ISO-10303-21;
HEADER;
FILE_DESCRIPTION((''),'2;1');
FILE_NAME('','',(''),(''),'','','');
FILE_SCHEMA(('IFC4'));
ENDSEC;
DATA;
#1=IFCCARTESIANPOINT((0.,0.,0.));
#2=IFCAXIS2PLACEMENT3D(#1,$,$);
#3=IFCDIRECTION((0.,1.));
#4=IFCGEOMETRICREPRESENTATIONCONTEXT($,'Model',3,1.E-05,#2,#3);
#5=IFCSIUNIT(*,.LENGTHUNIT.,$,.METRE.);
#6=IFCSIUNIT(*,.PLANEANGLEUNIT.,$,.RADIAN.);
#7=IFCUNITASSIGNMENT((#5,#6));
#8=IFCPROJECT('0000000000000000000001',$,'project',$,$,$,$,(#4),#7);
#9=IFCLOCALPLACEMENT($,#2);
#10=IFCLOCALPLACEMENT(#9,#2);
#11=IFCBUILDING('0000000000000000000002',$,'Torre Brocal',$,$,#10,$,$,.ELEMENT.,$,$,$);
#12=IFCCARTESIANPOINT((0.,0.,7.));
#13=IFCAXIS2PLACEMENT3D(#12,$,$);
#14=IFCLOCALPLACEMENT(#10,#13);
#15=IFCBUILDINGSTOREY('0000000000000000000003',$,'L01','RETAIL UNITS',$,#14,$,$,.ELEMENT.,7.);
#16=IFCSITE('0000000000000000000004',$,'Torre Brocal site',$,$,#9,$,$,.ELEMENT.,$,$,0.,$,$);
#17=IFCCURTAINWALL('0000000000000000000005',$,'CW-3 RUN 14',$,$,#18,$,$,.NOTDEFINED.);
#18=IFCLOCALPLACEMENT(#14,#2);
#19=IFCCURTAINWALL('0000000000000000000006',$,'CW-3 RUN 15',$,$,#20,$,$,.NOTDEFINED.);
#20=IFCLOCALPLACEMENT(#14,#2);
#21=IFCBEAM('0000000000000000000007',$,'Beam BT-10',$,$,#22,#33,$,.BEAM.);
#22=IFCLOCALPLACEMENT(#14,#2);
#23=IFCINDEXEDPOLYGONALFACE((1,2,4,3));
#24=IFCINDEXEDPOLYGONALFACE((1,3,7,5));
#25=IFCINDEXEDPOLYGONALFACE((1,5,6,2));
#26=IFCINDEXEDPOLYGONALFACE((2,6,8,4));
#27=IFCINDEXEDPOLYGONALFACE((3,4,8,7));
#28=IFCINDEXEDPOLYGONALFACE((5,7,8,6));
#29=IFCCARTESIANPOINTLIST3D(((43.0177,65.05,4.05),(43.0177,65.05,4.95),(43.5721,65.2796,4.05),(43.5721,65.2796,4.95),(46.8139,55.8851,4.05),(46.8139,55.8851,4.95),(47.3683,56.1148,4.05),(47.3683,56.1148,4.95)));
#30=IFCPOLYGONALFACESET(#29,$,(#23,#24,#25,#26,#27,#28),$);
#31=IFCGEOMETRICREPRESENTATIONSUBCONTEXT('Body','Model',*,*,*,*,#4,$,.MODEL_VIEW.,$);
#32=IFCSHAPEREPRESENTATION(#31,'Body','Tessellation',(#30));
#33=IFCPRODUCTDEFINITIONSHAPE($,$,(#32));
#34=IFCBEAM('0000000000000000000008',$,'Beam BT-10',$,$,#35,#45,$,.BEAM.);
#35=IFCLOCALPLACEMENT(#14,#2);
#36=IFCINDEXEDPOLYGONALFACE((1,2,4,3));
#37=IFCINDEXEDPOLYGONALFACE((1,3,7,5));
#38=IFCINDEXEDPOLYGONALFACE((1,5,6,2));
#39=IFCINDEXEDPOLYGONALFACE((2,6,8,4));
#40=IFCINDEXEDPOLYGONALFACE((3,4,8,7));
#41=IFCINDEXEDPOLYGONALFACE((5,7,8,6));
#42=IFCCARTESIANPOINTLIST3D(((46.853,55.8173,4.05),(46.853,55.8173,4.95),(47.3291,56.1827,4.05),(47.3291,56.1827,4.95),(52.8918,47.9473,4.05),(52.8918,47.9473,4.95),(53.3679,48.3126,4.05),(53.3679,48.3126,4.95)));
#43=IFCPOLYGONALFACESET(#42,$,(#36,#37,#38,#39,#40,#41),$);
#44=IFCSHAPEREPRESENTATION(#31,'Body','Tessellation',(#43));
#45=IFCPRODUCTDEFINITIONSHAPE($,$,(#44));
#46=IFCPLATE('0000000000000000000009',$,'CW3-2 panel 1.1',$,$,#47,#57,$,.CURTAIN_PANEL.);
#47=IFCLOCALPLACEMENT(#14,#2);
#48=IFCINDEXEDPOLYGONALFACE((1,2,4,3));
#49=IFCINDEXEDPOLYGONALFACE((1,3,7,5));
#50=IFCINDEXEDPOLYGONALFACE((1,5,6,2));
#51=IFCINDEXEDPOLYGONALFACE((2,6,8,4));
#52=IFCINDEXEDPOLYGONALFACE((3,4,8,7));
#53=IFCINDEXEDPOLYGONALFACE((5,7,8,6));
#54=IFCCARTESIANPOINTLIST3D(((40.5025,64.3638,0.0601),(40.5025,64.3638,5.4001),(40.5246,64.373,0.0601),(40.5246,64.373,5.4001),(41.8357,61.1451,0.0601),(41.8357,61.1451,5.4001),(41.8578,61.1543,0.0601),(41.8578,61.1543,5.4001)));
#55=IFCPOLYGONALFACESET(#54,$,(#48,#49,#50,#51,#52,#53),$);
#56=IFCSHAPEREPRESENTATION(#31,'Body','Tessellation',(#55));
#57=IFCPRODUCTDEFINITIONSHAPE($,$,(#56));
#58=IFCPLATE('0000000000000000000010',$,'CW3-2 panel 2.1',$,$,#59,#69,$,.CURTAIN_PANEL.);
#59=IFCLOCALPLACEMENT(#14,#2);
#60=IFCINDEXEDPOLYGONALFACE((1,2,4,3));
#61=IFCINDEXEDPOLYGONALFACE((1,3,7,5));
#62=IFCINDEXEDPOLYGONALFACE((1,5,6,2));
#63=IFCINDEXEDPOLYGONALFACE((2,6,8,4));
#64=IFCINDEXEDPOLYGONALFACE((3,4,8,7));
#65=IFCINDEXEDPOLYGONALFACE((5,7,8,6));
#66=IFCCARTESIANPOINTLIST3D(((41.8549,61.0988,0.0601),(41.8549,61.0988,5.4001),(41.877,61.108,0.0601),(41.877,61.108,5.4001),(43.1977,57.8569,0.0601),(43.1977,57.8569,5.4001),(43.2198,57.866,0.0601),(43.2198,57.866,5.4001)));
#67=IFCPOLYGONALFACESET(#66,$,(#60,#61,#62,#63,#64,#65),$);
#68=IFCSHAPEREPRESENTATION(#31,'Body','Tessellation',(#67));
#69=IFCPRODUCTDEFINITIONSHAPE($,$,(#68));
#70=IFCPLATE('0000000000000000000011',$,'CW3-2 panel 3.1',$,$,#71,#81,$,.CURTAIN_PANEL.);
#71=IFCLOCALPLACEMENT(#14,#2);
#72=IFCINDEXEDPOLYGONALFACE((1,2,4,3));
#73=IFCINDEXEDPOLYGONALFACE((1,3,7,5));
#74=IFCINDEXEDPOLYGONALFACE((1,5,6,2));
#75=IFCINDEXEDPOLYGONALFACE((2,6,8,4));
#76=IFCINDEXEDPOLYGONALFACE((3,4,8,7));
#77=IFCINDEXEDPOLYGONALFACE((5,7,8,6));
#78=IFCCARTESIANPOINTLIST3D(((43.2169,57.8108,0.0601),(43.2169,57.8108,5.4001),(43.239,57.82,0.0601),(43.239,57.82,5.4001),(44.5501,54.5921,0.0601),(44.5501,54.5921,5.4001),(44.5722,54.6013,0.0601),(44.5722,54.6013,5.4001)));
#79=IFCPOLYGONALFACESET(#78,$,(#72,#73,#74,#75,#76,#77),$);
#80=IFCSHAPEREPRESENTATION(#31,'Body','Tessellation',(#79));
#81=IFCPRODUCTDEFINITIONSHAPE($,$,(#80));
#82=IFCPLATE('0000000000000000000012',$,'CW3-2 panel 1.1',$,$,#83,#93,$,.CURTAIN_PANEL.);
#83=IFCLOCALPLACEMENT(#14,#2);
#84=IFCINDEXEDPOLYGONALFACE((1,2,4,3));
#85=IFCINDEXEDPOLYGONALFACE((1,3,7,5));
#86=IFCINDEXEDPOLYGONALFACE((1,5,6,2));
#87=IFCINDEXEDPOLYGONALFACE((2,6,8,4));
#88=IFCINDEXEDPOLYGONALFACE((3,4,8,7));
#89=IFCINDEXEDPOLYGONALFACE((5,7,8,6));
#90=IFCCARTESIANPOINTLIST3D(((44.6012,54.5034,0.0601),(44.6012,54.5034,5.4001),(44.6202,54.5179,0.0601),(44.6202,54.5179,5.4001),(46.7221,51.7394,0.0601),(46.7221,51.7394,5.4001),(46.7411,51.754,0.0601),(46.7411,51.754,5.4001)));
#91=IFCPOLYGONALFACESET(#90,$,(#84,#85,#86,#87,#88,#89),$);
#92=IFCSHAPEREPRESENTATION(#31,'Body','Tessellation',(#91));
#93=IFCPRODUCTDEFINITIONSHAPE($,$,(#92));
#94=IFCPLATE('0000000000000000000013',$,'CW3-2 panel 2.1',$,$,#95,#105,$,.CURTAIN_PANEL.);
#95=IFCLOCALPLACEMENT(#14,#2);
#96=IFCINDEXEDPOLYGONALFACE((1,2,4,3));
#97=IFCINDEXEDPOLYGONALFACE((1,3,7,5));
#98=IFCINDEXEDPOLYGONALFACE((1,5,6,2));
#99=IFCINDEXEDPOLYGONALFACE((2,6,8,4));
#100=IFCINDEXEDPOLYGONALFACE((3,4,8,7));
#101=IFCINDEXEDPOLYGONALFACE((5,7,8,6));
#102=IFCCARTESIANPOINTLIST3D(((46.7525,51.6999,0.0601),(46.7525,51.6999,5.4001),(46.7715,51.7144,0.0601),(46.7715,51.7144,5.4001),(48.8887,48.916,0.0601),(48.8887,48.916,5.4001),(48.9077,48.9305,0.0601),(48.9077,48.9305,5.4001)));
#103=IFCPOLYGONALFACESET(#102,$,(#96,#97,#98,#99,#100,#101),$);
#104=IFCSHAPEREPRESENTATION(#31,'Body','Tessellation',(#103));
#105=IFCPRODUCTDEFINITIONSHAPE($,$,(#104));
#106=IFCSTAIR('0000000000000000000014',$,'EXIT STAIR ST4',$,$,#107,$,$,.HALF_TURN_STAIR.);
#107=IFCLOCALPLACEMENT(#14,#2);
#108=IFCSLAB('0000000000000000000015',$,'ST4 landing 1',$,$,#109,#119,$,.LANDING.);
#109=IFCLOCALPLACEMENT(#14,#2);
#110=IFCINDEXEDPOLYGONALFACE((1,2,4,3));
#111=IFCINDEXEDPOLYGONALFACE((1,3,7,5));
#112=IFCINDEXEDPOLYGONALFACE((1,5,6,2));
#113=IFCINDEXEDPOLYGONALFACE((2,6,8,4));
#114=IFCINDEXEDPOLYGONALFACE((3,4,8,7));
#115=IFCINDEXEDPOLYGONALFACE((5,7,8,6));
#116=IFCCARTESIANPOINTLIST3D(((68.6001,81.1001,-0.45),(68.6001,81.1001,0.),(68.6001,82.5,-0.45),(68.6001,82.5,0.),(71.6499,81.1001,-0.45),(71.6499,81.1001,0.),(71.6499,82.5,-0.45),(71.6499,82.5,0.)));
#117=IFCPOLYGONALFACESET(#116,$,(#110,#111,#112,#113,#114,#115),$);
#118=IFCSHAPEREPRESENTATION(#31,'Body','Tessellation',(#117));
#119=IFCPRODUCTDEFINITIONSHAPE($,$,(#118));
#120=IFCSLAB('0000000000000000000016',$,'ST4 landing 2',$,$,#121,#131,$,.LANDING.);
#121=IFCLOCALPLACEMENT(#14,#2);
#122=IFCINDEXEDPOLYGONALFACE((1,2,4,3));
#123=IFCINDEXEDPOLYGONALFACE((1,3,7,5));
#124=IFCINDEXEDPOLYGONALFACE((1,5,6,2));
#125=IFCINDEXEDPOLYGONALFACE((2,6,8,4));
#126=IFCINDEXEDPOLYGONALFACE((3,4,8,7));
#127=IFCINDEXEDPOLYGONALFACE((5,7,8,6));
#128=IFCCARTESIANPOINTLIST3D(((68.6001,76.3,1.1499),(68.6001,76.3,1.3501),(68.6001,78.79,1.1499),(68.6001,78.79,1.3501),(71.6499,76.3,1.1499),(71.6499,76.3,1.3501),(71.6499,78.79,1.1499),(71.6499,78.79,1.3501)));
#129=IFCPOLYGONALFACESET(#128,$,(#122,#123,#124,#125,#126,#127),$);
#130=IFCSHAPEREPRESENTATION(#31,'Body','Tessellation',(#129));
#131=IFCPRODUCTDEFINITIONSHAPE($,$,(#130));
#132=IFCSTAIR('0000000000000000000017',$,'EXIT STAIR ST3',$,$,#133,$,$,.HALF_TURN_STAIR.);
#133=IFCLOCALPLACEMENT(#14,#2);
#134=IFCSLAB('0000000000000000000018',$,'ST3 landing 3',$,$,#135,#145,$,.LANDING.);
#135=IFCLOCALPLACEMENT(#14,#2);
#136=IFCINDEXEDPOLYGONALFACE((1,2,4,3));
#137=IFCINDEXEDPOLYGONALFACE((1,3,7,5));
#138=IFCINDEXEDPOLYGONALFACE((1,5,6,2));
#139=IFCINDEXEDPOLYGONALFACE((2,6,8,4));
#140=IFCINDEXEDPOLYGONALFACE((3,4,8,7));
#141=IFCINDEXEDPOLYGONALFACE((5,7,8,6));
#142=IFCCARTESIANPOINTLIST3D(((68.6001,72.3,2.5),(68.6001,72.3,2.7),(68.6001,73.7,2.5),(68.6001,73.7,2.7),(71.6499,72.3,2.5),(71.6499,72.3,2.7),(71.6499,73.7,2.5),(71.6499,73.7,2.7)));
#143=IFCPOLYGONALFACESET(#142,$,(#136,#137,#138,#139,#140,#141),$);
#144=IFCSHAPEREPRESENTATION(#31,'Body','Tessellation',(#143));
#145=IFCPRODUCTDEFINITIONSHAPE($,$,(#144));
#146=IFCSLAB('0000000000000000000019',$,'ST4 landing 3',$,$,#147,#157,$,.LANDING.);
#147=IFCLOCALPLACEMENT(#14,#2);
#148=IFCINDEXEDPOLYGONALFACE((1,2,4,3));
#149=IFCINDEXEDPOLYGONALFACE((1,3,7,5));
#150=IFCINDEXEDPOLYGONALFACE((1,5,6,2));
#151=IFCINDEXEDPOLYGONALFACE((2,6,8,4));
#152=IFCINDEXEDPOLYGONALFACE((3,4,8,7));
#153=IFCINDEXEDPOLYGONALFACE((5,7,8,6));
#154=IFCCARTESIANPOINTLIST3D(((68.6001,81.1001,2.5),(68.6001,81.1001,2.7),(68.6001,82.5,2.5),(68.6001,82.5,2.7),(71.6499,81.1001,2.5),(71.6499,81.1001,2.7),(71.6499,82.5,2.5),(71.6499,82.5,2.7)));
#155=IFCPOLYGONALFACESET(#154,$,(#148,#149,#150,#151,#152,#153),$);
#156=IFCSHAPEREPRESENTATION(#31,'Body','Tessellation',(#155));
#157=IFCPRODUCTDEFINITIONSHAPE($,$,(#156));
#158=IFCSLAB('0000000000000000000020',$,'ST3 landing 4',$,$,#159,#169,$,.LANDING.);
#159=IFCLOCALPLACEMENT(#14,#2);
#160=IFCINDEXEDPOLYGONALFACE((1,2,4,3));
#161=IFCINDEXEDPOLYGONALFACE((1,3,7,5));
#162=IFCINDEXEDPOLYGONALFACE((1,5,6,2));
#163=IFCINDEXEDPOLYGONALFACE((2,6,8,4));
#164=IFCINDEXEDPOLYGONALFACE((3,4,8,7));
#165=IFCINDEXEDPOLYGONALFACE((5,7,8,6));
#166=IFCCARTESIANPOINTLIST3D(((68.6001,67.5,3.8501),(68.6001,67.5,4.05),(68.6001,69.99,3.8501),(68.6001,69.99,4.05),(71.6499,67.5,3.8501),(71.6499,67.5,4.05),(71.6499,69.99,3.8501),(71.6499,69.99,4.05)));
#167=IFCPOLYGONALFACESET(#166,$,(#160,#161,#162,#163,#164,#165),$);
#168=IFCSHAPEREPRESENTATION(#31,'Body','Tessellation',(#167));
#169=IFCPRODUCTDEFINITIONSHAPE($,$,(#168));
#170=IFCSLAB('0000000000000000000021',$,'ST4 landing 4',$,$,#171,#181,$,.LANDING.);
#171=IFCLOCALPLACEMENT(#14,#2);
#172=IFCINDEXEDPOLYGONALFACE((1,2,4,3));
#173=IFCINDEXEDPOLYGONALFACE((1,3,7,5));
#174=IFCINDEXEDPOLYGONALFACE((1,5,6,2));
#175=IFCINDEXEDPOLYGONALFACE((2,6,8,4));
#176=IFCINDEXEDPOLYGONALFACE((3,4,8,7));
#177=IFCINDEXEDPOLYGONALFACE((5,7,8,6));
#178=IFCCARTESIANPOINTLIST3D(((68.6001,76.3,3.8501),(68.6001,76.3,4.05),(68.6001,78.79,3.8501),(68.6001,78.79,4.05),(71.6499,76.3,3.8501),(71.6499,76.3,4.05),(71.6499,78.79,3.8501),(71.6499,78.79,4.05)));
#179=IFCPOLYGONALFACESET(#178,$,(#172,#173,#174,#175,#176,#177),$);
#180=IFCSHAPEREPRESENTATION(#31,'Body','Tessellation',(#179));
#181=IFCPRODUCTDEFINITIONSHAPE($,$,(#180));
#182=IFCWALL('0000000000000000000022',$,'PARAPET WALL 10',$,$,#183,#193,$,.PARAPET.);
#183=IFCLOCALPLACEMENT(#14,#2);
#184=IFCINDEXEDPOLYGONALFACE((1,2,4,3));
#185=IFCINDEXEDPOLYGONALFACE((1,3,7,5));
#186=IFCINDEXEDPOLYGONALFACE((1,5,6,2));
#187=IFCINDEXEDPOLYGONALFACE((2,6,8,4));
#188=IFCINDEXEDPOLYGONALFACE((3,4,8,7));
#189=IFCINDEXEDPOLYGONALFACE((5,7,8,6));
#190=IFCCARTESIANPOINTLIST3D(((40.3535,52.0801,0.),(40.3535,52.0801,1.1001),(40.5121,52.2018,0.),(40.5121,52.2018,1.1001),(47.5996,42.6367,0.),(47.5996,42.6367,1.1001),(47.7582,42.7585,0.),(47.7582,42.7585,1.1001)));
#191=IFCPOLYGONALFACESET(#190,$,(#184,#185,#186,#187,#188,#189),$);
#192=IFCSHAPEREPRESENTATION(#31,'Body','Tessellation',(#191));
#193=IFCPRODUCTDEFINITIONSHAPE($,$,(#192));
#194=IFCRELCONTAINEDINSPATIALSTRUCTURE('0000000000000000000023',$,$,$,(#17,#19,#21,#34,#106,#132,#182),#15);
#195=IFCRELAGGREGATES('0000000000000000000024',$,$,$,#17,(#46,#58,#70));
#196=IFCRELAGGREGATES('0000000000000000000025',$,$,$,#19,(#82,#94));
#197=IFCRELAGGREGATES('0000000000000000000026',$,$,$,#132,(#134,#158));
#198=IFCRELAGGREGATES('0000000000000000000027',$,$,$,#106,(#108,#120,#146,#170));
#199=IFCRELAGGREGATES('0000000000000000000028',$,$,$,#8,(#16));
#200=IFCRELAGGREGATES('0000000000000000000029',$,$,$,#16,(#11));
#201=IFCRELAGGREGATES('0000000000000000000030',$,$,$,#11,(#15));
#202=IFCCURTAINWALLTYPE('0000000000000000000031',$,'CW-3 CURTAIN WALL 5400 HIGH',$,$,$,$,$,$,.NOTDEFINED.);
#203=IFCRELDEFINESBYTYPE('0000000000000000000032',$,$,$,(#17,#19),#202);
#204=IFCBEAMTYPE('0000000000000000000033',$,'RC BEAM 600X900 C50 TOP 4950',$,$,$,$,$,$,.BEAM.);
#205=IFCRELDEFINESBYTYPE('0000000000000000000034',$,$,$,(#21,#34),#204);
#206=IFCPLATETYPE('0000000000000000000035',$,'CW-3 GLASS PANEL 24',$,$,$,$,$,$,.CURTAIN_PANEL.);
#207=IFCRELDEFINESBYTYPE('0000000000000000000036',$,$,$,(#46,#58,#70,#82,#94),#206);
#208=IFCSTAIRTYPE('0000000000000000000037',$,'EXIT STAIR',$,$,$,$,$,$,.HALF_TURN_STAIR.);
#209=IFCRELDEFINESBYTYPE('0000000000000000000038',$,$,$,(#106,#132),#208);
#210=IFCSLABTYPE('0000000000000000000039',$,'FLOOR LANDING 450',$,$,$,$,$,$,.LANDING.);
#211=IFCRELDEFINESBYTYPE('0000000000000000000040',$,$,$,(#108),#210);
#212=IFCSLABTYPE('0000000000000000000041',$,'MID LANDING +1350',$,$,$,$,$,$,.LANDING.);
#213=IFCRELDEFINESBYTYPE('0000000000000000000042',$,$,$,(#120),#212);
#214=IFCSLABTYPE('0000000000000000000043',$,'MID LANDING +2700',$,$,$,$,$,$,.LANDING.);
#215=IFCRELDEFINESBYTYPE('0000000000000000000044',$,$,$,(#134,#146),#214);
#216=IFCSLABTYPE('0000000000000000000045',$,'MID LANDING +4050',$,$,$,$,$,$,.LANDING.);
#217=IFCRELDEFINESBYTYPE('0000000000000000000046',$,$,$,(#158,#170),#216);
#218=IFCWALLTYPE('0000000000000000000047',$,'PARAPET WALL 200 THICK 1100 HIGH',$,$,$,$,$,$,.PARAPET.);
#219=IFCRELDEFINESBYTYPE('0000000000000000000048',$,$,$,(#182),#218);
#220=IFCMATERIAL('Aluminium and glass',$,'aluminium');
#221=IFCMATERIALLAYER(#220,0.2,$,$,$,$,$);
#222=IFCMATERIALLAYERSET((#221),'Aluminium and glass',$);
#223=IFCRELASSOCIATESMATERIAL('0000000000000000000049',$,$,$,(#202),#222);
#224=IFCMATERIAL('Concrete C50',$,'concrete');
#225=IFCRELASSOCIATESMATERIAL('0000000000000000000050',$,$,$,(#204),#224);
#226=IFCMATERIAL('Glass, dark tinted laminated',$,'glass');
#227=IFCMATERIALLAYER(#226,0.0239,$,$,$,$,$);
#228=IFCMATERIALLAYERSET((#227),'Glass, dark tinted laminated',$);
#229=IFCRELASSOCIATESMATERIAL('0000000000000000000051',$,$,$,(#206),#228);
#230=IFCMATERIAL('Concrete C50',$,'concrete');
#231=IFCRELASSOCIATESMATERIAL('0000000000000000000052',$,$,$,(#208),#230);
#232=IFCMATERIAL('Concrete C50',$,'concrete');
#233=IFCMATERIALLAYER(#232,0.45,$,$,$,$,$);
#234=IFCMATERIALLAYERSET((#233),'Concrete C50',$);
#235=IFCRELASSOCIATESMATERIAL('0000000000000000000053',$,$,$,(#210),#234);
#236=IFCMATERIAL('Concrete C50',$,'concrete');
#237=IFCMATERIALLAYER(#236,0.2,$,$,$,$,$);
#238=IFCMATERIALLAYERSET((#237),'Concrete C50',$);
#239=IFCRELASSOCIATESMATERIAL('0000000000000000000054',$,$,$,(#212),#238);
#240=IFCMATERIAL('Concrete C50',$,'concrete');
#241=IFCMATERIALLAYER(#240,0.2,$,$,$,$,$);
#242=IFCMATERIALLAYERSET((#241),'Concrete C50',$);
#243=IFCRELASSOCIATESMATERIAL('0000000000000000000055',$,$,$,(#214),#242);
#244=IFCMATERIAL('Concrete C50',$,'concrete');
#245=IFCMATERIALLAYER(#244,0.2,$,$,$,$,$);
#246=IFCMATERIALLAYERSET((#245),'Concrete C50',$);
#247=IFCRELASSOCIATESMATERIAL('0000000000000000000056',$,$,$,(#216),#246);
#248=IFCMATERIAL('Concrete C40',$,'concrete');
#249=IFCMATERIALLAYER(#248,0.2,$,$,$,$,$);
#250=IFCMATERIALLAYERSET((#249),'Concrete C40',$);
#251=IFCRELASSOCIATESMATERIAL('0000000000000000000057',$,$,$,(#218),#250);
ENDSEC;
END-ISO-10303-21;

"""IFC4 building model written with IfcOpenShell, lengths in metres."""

from ifc_helpers import new_model, si_unit, direction, frame, frame_2d, origin, origin_2d, place, context, subcontext, project, spatial, polyline, rectangle, outline, extrude, material, layer, layer_set, material_profile, profile_set, type_object, element, aggregate, save


model = new_model("IFC4")

# Units and contexts
model_context = context("Model", 3, precision=1e-05, world=origin(), true_north=direction((0.0, 1.0)))
body_context = subcontext(model_context, "Body", "Model", "MODEL_VIEW")
ifc_project = project(units=[si_unit("LENGTHUNIT", "METRE"), si_unit("PLANEANGLEUNIT", "RADIAN")], contexts=[model_context])

# Site, building, storey
site_placement = place(None, origin())
site = spatial("IfcSite", under=ifc_project, at=site_placement, Name="Torre Brocal site", CompositionType="ELEMENT", RefElevation=0.0)
building_placement = place(site_placement, origin())
building = spatial("IfcBuilding", under=site, at=building_placement, Name="Torre Brocal", CompositionType="ELEMENT")
storey_placement = place(building_placement, frame((0.0, 0.0, 7.0)))
storey = spatial("IfcBuildingStorey", under=building, at=storey_placement, Name="L01", Description="RETAIL UNITS", CompositionType="ELEMENT", Elevation=7.0)

# Curtain walls
ifc_material_1 = material(Name="Aluminium and glass", Category="aluminium")
ifc_layer_1 = layer(ifc_material_1, 0.2)
ifc_layer_set_1 = layer_set([ifc_layer_1], Name="Aluminium and glass")
curtain_wall_type = type_object("IfcCurtainWallType", Name="CW-3 CURTAIN WALL 5400 HIGH", PredefinedType="NOTDEFINED", material=ifc_layer_set_1)
curtain_wall_1_placement = place(storey_placement, origin())
curtain_wall_1 = element("IfcCurtainWall", 1, at=curtain_wall_1_placement, inside=storey, type_object=curtain_wall_type, Name="CW-3 RUN 14", PredefinedType="NOTDEFINED")
curtain_wall_2_placement = place(storey_placement, origin())
curtain_wall_2 = element("IfcCurtainWall", 2, at=curtain_wall_2_placement, inside=storey, type_object=curtain_wall_type, Name="CW-3 RUN 15", PredefinedType="NOTDEFINED")

# Beams
ifc_material_2 = material(Name="Concrete C50", Category="concrete")
ifc_material_profile_1 = material_profile(ifc_material_2, rectangle(XDim=0.6001, YDim=0.8999, at=origin_2d()), Name="RC 600X900")
ifc_profile_set_1 = profile_set([ifc_material_profile_1], Name="Concrete C50")
beam_type = type_object("IfcBeamType", Name="RC BEAM 600X900 C50 TOP 4950", PredefinedType="BEAM", material=ifc_profile_set_1)
for number, where, z_axis, x_axis, name in (
    (3, (43.2949, 65.1648, 4.5), (0.38268, -0.923881, 0.0), (0.923881, 0.38268, 0.0), "Beam BT-10"),
    (4, (47.0911, 56.0, 4.5), (0.608753, -0.79336, 0.0), (0.79336, 0.608753, 0.0), "Beam BT-10"),
):
    element("IfcBeam", number, at=place(storey_placement, frame(where, z_axis=z_axis, x_axis=x_axis)), inside=storey, type_object=beam_type, Name=name, PredefinedType="BEAM", context=body_context, shape_type="SweptSolid", body=[
        extrude(rectangle(XDim=0.6001, YDim=0.8999, at=origin_2d()), origin(), (0.0, 0.0, 1.0), 9.9199),
    ])

# Plates
ifc_material_3 = material(Name="Glass, dark tinted laminated", Category="glass")
ifc_layer_2 = layer(ifc_material_3, 0.0239)
ifc_layer_set_2 = layer_set([ifc_layer_2], Name="Glass, dark tinted laminated")
plate_type = type_object("IfcPlateType", Name="CW-3 GLASS PANEL 24", PredefinedType="CURTAIN_PANEL", material=ifc_layer_set_2)
plate_1_placement = place(storey_placement, frame((41.1802, 62.759, 0.0601), z_axis=(0.0, 0.0, 1.0), x_axis=(0.382683, -0.92388, 0.0)))
plate_1 = element("IfcPlate", 5, at=plate_1_placement, type_object=plate_type, Name="CW3-2 panel 1.1", PredefinedType="CURTAIN_PANEL", context=body_context, shape_type="SweptSolid", body=[
    extrude(rectangle(XDim=3.4839, YDim=0.0239, at=origin_2d()), origin(), (0.0, 0.0, 1.0), 5.3401),
])
plate_2_placement = place(storey_placement, frame((42.5374, 59.4824, 0.0601), z_axis=(0.0, 0.0, 1.0), x_axis=(0.382683, -0.92388, 0.0)))
plate_2 = element("IfcPlate", 6, at=plate_2_placement, type_object=plate_type, Name="CW3-2 panel 2.1", PredefinedType="CURTAIN_PANEL", context=body_context, shape_type="SweptSolid", body=[
    extrude(rectangle(XDim=3.509, YDim=0.0239, at=origin_2d()), origin(), (0.0, 0.0, 1.0), 5.3401),
])
plate_3_placement = place(storey_placement, frame((43.8945, 56.2061, 0.0601), z_axis=(0.0, 0.0, 1.0), x_axis=(0.382683, -0.92388, 0.0)))
plate_3 = element("IfcPlate", 7, at=plate_3_placement, type_object=plate_type, Name="CW3-2 panel 3.1", PredefinedType="CURTAIN_PANEL", context=body_context, shape_type="SweptSolid", body=[
    extrude(rectangle(XDim=3.4839, YDim=0.0239, at=origin_2d()), origin(), (0.0, 0.0, 1.0), 5.3401),
])
aggregate(curtain_wall_1, [plate_1, plate_2, plate_3])
plate_4_placement = place(storey_placement, frame((45.6711, 53.1287, 0.0601), z_axis=(0.0, 0.0, 1.0), x_axis=(0.608761, -0.793353, 0.0)))
plate_4 = element("IfcPlate", 8, at=plate_4_placement, type_object=plate_type, Name="CW3-2 panel 1.1", PredefinedType="CURTAIN_PANEL", context=body_context, shape_type="SweptSolid", body=[
    extrude(rectangle(XDim=3.4839, YDim=0.0239, at=origin_2d()), origin(), (0.0, 0.0, 1.0), 5.3401),
])
plate_5_placement = place(storey_placement, frame((47.8301, 50.3152, 0.0601), z_axis=(0.0, 0.0, 1.0), x_axis=(0.608761, -0.793353, 0.0)))
plate_5 = element("IfcPlate", 9, at=plate_5_placement, type_object=plate_type, Name="CW3-2 panel 2.1", PredefinedType="CURTAIN_PANEL", context=body_context, shape_type="SweptSolid", body=[
    extrude(rectangle(XDim=3.509, YDim=0.0239, at=origin_2d()), origin(), (0.0, 0.0, 1.0), 5.3401),
])
aggregate(curtain_wall_2, [plate_4, plate_5])

# Stair, slabs
ifc_material_4 = material(Name="Concrete C50", Category="concrete")
stair_type = type_object("IfcStairType", Name="EXIT STAIR", PredefinedType="HALF_TURN_STAIR", material=ifc_material_4)
stair_1_placement = place(storey_placement, origin())
stair_1 = element("IfcStair", 10, at=stair_1_placement, inside=storey, type_object=stair_type, Name="EXIT STAIR ST4", PredefinedType="HALF_TURN_STAIR")
ifc_material_5 = material(Name="Concrete C50", Category="concrete")
ifc_layer_3 = layer(ifc_material_5, 0.45)
ifc_layer_set_3 = layer_set([ifc_layer_3], Name="Concrete C50")
slab_type_1 = type_object("IfcSlabType", Name="FLOOR LANDING 450", PredefinedType="LANDING", material=ifc_layer_set_3)
slab_1_placement = place(storey_placement, frame((0.0, 0.0, -0.45)))
slab_1 = element("IfcSlab", 11, at=slab_1_placement, type_object=slab_type_1, Name="ST4 landing 1", PredefinedType="LANDING", context=body_context, shape_type="SweptSolid", body=[
    extrude(outline(polyline([(71.6499, 82.5), (68.6001, 82.5), (68.6001, 81.1001), (71.6499, 81.1001), (71.6499, 82.5)])), origin(), (0.0, 0.0, 1.0), 0.45),
])
ifc_material_6 = material(Name="Concrete C50", Category="concrete")
ifc_layer_4 = layer(ifc_material_6, 0.2)
ifc_layer_set_4 = layer_set([ifc_layer_4], Name="Concrete C50")
slab_type_2 = type_object("IfcSlabType", Name="MID LANDING +1350", PredefinedType="LANDING", material=ifc_layer_set_4)
slab_2_placement = place(storey_placement, frame((0.0, 0.0, 1.1499)))
slab_2 = element("IfcSlab", 12, at=slab_2_placement, type_object=slab_type_2, Name="ST4 landing 2", PredefinedType="LANDING", context=body_context, shape_type="SweptSolid", body=[
    extrude(outline(polyline([(71.6499, 78.79), (68.6001, 78.79), (68.6001, 76.3), (71.6499, 76.3), (71.6499, 78.79)])), origin(), (0.0, 0.0, 1.0), 0.2002),
])

# Stair, slab
stair_2_placement = place(storey_placement, origin())
stair_2 = element("IfcStair", 13, at=stair_2_placement, inside=storey, type_object=stair_type, Name="EXIT STAIR ST3", PredefinedType="HALF_TURN_STAIR")
ifc_material_7 = material(Name="Concrete C50", Category="concrete")
ifc_layer_5 = layer(ifc_material_7, 0.2)
ifc_layer_set_5 = layer_set([ifc_layer_5], Name="Concrete C50")
slab_type_3 = type_object("IfcSlabType", Name="MID LANDING +2700", PredefinedType="LANDING", material=ifc_layer_set_5)
slab_3_placement = place(storey_placement, frame((0.0, 0.0, 2.5)))
slab_3 = element("IfcSlab", 14, at=slab_3_placement, type_object=slab_type_3, Name="ST3 landing 3", PredefinedType="LANDING", context=body_context, shape_type="SweptSolid", body=[
    extrude(outline(polyline([(71.6499, 73.7), (68.6001, 73.7), (68.6001, 72.3), (71.6499, 72.3), (71.6499, 73.7)])), origin(), (0.0, 0.0, 1.0), 0.2),
])

# Slabs
slab_4_placement = place(storey_placement, frame((0.0, 0.0, 2.5)))
slab_4 = element("IfcSlab", 15, at=slab_4_placement, type_object=slab_type_3, Name="ST4 landing 3", PredefinedType="LANDING", context=body_context, shape_type="SweptSolid", body=[
    extrude(outline(polyline([(71.6499, 82.5), (68.6001, 82.5), (68.6001, 81.1001), (71.6499, 81.1001), (71.6499, 82.5)])), origin(), (0.0, 0.0, 1.0), 0.2),
])
ifc_material_8 = material(Name="Concrete C50", Category="concrete")
ifc_layer_6 = layer(ifc_material_8, 0.2)
ifc_layer_set_6 = layer_set([ifc_layer_6], Name="Concrete C50")
slab_type_4 = type_object("IfcSlabType", Name="MID LANDING +4050", PredefinedType="LANDING", material=ifc_layer_set_6)
slab_5_placement = place(storey_placement, frame((0.0, 0.0, 3.8501)))
slab_5 = element("IfcSlab", 16, at=slab_5_placement, type_object=slab_type_4, Name="ST3 landing 4", PredefinedType="LANDING", context=body_context, shape_type="SweptSolid", body=[
    extrude(outline(polyline([(71.6499, 69.99), (68.6001, 69.99), (68.6001, 67.5), (71.6499, 67.5), (71.6499, 69.99)])), origin(), (0.0, 0.0, 1.0), 0.2),
])
aggregate(stair_2, [slab_3, slab_5])
slab_6_placement = place(storey_placement, frame((0.0, 0.0, 3.8501)))
slab_6 = element("IfcSlab", 17, at=slab_6_placement, type_object=slab_type_4, Name="ST4 landing 4", PredefinedType="LANDING", context=body_context, shape_type="SweptSolid", body=[
    extrude(outline(polyline([(71.6499, 78.79), (68.6001, 78.79), (68.6001, 76.3), (71.6499, 76.3), (71.6499, 78.79)])), origin(), (0.0, 0.0, 1.0), 0.2),
])
aggregate(stair_1, [slab_1, slab_2, slab_4, slab_6])

# Wall
ifc_material_9 = material(Name="Concrete C40", Category="concrete")
ifc_layer_7 = layer(ifc_material_9, 0.2)
ifc_layer_set_7 = layer_set([ifc_layer_7], Name="Concrete C40")
wall_type_1 = type_object("IfcWallType", Name="PARAPET WALL 200 THICK 1100 HIGH", PredefinedType="PARAPET", material=ifc_layer_set_7)
wall_1_placement = place(storey_placement, frame((47.679, 42.6975, 0.0), z_axis=(0.0, 0.0, 1.0), x_axis=(-0.608759, 0.793355, 0.0)))
element("IfcWall", 18, at=wall_1_placement, inside=storey, type_object=wall_type_1, Name="PARAPET WALL 10", PredefinedType="PARAPET", context=body_context, shape_type="SweptSolid", body=[
    extrude(rectangle(XDim=11.9031, YDim=0.2, at=frame_2d((5.9517, 0.0))), origin(), (0.0, 0.0, 1.0), 1.1001),
])

save(model, "model.ifc")
